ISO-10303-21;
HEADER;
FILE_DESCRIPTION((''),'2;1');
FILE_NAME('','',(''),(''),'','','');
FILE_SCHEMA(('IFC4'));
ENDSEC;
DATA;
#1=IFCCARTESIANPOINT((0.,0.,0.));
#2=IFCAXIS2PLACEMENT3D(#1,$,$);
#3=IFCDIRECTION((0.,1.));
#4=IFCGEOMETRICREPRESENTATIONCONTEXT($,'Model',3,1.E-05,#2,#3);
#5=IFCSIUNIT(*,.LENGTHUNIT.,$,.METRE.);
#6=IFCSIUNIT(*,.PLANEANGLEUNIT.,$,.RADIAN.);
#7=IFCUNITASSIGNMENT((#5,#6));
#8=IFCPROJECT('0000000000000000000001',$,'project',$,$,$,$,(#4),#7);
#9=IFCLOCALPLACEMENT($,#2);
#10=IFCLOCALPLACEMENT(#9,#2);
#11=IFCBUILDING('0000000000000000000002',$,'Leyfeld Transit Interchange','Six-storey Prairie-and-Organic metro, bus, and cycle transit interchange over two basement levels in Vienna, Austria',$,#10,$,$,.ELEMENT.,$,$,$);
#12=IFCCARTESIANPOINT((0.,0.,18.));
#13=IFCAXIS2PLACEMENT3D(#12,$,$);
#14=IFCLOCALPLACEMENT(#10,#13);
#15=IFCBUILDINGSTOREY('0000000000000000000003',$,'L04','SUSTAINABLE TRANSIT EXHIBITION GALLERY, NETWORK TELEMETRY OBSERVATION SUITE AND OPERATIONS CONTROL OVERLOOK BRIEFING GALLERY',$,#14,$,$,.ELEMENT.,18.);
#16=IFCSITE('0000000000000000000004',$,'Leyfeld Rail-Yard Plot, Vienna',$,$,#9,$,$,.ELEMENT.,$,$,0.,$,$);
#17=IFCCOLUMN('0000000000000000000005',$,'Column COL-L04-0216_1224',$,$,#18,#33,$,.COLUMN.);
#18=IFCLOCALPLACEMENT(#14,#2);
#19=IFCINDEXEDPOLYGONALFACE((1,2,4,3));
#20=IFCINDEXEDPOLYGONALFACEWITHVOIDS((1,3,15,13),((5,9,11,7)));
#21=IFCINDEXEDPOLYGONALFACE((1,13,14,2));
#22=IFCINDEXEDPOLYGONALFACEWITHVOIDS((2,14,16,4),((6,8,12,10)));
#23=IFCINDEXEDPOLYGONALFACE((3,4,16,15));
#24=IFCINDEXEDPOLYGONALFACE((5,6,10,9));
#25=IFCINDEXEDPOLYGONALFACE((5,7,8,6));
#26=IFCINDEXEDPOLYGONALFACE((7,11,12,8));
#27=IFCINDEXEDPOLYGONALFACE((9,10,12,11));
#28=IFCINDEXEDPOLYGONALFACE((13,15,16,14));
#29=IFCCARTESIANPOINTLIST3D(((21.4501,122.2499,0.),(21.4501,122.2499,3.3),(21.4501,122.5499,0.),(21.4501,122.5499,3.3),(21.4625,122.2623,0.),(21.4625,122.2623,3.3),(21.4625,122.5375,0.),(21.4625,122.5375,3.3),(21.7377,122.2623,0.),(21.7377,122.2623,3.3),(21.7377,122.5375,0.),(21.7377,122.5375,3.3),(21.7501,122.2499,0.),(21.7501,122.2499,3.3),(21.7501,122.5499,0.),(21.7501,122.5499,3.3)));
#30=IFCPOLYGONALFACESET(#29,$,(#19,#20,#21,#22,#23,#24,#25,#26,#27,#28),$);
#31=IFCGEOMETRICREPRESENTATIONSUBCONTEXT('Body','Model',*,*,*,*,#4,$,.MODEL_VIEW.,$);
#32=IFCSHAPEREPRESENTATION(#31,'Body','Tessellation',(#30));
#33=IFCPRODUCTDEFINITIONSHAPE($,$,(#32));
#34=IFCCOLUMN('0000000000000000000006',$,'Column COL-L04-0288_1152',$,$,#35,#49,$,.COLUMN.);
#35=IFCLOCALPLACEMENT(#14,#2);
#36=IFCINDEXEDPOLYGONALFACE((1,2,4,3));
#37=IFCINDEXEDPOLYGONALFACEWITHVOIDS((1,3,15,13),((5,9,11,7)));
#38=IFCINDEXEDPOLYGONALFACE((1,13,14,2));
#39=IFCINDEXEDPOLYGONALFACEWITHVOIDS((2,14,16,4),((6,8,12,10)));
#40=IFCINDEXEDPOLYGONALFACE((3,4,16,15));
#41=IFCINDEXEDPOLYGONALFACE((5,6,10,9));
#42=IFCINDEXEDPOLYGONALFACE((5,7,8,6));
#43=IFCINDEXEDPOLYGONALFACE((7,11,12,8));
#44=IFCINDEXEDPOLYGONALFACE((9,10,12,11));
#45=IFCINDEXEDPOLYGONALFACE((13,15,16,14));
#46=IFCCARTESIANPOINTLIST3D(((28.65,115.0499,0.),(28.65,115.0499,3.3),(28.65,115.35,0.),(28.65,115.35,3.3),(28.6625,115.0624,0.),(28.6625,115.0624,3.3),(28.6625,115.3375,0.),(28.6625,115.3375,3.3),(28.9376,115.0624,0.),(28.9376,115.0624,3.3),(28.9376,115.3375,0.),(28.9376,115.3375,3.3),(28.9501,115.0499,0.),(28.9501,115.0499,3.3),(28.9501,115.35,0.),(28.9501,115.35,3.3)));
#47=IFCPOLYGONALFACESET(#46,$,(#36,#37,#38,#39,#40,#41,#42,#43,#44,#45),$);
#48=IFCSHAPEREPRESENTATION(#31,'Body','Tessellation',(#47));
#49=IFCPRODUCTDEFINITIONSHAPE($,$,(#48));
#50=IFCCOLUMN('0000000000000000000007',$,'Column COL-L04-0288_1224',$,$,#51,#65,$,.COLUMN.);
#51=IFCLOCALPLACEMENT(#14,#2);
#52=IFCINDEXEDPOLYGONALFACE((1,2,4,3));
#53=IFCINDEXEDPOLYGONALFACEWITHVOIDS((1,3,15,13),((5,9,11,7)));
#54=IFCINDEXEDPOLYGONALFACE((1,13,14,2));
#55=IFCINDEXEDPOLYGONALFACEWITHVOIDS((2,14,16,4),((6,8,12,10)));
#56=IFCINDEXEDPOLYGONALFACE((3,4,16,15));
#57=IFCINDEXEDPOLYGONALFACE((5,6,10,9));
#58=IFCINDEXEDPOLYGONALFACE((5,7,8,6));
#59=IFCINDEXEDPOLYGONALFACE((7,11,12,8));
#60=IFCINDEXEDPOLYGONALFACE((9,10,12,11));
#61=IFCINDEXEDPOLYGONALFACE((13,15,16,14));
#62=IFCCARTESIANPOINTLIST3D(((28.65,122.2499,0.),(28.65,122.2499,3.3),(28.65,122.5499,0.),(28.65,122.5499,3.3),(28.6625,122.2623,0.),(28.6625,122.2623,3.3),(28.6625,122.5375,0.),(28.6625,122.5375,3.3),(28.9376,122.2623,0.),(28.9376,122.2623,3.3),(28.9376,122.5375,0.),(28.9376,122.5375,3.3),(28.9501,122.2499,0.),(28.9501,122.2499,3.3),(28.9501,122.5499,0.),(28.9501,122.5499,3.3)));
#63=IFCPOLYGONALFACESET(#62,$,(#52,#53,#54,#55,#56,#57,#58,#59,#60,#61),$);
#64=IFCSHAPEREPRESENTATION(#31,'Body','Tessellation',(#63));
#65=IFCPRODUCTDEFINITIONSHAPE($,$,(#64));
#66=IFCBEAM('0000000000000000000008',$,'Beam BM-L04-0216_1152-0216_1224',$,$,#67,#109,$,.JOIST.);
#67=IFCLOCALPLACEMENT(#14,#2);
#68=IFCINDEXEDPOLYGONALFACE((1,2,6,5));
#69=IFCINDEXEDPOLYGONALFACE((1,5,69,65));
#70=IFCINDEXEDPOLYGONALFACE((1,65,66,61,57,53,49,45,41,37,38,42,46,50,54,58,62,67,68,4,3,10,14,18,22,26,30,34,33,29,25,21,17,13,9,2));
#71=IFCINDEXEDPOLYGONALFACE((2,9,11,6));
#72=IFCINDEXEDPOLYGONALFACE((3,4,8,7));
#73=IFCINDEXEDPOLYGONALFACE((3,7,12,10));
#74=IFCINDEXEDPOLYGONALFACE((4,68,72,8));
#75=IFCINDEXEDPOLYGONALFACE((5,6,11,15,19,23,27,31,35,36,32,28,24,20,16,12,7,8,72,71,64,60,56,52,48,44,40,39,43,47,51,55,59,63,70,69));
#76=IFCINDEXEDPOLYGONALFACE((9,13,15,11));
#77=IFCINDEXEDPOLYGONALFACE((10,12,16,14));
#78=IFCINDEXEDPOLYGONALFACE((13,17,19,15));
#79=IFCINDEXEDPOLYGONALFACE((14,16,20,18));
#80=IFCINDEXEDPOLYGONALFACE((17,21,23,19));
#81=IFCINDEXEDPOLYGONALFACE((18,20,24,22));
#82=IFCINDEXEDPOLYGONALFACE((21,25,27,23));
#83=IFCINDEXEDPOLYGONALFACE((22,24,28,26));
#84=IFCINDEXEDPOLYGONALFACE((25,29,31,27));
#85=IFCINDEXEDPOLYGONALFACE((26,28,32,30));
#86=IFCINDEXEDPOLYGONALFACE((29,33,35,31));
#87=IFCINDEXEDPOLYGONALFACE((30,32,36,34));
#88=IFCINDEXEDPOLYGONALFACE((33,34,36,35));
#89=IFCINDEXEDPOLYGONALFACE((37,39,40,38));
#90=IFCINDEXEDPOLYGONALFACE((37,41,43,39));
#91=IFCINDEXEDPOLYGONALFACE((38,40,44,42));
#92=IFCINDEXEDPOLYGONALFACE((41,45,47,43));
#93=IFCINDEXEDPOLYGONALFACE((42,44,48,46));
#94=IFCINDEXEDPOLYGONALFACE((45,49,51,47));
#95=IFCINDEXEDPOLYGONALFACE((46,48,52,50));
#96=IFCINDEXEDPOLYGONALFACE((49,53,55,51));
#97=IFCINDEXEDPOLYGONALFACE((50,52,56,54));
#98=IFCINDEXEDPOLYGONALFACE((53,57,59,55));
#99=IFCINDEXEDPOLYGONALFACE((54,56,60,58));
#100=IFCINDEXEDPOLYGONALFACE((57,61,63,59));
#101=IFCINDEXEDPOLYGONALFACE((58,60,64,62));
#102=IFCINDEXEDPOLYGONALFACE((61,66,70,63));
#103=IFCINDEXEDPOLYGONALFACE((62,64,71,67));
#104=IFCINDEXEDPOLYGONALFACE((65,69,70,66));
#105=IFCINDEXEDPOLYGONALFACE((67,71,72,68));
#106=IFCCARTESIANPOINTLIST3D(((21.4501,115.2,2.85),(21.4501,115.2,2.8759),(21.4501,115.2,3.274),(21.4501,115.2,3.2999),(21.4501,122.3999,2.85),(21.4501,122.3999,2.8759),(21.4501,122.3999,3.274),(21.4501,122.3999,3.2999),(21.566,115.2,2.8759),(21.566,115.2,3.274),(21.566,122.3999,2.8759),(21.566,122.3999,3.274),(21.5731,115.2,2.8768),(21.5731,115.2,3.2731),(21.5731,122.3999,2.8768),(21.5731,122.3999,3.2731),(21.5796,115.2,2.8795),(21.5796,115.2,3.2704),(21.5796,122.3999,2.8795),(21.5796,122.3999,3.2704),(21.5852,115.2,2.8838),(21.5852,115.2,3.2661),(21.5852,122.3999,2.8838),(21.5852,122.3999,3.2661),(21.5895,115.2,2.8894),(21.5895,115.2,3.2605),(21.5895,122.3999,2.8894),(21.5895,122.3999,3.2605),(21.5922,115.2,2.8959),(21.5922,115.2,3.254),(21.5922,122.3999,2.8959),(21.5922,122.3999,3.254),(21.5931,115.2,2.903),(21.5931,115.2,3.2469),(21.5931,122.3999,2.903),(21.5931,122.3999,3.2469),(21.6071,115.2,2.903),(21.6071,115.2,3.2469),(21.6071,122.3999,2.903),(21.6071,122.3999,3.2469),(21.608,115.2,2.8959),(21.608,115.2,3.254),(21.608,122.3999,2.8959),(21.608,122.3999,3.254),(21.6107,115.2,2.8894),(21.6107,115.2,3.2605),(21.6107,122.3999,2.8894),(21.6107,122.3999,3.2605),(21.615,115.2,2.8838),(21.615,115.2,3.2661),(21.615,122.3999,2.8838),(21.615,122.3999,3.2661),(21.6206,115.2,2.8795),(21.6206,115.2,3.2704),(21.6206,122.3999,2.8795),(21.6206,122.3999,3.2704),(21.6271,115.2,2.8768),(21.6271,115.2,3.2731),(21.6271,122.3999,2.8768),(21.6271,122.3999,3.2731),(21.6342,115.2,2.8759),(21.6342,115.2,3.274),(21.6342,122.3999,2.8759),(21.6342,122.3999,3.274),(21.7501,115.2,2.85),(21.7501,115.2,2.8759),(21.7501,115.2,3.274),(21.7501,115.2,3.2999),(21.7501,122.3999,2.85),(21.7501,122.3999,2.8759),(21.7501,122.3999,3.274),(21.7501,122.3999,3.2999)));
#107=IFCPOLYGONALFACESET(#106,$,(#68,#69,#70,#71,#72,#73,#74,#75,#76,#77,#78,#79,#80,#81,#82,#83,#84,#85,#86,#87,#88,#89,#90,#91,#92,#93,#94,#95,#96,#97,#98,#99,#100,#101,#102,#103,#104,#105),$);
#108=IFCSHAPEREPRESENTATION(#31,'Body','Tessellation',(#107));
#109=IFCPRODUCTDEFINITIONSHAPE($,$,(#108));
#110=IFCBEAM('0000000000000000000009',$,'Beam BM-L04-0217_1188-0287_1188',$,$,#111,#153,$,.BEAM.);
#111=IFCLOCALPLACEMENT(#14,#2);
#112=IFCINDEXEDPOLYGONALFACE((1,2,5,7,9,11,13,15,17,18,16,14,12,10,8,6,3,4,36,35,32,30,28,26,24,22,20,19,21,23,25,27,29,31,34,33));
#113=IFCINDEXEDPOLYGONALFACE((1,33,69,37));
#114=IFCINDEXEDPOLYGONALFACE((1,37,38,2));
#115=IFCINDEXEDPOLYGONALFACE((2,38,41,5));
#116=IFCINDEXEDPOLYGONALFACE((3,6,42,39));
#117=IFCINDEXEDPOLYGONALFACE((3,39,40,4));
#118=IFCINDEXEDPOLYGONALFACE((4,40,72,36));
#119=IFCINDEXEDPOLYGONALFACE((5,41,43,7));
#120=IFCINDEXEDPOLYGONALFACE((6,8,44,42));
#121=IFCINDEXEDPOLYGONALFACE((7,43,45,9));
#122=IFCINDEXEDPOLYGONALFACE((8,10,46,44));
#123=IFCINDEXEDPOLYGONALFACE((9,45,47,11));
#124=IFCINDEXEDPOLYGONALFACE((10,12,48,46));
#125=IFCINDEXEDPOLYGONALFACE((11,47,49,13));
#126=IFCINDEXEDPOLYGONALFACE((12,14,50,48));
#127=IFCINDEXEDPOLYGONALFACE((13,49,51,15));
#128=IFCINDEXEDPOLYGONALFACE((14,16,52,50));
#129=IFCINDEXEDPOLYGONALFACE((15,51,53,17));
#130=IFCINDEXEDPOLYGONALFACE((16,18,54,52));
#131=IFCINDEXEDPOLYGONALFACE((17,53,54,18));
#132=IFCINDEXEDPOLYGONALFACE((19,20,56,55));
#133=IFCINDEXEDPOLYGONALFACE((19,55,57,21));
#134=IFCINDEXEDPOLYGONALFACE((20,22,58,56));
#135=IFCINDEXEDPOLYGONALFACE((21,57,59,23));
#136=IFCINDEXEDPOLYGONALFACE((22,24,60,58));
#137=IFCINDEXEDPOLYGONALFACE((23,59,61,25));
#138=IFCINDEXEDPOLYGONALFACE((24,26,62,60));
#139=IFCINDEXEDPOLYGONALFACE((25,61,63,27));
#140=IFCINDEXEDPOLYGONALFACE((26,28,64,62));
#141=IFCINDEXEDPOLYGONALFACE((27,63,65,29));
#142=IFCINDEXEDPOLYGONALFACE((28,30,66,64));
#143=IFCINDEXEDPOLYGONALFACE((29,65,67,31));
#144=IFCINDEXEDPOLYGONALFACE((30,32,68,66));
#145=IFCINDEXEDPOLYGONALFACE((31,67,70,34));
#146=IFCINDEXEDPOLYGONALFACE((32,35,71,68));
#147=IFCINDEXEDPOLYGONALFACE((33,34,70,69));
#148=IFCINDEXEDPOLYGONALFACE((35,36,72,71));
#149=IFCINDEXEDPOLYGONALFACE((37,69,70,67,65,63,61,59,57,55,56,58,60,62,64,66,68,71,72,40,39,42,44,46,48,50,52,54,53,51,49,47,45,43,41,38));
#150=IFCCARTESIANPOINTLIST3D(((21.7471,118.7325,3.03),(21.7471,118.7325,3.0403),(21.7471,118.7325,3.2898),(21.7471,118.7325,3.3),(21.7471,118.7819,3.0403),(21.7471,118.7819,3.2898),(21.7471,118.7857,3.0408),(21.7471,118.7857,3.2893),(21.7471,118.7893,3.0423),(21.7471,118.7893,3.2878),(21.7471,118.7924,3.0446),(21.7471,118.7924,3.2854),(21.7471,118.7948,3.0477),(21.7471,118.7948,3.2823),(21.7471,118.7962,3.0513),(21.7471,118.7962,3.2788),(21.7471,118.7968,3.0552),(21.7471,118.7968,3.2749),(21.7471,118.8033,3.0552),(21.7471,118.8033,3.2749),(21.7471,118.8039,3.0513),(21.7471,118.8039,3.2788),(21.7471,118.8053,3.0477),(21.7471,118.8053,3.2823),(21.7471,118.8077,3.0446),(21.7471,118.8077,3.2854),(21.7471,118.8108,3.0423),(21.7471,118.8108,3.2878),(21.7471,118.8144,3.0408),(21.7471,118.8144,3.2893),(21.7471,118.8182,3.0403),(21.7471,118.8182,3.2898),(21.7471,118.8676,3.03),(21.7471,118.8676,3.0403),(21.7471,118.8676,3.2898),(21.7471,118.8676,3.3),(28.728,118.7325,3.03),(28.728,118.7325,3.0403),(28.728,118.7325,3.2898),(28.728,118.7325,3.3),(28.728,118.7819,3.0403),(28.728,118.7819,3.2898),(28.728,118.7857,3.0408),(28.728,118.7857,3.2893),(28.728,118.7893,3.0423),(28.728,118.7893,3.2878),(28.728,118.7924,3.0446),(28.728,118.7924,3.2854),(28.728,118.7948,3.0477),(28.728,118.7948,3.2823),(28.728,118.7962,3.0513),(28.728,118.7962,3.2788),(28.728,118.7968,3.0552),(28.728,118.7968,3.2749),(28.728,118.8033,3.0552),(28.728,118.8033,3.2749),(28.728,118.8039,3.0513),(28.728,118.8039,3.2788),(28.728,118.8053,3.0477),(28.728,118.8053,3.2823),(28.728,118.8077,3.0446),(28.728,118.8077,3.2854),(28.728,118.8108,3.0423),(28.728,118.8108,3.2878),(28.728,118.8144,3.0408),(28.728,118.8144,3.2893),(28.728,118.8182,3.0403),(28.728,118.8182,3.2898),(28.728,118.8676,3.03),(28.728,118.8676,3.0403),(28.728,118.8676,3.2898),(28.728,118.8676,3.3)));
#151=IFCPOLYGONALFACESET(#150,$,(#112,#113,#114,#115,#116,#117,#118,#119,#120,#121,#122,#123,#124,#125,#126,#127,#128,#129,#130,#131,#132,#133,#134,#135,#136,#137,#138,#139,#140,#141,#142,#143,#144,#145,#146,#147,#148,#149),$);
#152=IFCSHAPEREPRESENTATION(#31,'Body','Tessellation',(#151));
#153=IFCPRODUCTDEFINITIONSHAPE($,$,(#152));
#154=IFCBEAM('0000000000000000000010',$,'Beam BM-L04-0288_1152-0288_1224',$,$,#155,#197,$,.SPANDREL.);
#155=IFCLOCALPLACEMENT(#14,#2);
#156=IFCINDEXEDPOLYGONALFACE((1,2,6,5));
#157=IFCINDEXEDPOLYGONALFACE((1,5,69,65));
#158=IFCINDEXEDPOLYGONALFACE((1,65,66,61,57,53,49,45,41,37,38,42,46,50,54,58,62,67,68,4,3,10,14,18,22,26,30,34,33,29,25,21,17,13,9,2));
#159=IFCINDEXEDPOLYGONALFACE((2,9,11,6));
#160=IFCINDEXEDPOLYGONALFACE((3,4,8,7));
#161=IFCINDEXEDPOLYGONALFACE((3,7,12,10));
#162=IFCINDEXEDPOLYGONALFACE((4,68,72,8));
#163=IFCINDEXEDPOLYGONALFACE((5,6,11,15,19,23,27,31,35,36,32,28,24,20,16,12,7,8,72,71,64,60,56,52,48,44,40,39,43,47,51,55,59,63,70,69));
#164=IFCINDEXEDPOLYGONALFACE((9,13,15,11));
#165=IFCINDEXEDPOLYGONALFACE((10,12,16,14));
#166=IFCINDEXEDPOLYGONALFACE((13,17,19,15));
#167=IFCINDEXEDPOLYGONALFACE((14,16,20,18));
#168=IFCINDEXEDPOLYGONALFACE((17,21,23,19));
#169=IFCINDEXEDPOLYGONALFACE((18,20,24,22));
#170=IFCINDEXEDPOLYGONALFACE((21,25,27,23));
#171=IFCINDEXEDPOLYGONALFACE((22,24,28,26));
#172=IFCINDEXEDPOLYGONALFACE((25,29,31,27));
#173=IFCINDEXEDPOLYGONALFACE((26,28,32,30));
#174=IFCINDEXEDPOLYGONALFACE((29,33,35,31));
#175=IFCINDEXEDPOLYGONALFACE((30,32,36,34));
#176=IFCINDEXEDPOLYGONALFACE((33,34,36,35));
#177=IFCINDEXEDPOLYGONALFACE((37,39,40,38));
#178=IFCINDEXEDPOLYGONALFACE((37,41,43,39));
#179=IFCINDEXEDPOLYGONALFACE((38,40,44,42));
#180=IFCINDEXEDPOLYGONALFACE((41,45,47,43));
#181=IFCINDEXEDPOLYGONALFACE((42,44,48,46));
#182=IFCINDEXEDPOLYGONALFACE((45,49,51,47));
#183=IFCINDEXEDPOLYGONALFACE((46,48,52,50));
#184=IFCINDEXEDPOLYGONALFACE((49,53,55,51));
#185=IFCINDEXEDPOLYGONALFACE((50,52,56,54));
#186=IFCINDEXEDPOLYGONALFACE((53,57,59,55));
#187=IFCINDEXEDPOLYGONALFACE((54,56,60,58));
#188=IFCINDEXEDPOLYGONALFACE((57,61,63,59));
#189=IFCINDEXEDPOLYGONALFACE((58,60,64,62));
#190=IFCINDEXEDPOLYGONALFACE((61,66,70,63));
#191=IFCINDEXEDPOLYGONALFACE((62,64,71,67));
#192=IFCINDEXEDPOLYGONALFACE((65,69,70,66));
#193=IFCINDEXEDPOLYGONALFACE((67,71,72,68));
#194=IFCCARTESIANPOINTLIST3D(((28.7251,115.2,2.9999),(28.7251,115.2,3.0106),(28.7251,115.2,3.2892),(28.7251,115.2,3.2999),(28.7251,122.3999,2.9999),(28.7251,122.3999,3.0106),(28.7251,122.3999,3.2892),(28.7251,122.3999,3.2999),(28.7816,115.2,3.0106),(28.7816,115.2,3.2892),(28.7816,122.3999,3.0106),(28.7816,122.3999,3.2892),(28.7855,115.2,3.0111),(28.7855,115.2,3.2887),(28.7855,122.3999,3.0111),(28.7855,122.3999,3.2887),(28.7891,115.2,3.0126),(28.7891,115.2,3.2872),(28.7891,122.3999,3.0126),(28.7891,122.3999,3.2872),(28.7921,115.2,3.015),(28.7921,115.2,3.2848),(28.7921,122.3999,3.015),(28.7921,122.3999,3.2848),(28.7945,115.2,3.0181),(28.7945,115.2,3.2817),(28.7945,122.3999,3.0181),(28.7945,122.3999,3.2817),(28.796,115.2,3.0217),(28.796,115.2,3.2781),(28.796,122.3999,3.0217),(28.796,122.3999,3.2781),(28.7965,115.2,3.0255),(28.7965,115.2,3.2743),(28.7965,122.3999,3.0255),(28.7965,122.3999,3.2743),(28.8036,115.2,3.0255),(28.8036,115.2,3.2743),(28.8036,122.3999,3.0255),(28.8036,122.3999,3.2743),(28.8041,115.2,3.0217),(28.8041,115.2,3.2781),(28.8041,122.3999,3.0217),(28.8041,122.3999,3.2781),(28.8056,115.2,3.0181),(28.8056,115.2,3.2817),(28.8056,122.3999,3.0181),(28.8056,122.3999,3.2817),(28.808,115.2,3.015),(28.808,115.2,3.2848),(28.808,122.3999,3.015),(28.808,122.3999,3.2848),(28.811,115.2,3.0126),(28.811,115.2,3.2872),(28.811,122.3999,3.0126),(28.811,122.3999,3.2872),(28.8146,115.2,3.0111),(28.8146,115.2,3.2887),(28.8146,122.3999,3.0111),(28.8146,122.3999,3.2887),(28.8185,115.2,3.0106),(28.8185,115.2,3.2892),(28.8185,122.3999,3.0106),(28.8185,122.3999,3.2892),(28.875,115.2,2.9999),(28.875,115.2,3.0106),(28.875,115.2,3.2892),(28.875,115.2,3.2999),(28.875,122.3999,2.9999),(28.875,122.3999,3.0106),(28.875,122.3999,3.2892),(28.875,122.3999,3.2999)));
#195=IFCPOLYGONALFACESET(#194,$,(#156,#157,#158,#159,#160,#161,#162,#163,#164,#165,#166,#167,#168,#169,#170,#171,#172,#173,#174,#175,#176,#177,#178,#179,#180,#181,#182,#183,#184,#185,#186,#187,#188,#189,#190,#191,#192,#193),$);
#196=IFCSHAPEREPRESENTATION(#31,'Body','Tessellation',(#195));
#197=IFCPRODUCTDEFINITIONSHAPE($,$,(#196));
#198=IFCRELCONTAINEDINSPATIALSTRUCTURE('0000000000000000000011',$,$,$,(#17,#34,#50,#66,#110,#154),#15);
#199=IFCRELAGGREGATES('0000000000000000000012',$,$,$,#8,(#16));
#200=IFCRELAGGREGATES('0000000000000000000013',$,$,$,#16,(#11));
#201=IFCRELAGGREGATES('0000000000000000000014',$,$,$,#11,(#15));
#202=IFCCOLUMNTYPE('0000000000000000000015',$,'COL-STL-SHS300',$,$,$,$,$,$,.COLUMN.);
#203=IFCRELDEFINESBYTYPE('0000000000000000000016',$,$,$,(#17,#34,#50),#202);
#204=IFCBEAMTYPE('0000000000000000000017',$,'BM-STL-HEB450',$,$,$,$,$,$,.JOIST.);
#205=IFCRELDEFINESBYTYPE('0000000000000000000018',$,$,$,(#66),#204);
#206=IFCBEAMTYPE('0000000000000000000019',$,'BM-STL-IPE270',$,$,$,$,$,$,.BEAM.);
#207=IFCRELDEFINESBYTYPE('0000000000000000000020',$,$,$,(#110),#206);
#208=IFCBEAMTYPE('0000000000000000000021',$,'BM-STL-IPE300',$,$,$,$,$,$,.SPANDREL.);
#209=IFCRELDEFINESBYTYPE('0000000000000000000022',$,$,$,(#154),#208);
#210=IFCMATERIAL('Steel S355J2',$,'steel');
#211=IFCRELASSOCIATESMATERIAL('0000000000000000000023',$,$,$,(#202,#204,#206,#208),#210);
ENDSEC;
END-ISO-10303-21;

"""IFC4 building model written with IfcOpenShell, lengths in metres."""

from ifc_helpers import new_model, si_unit, direction, frame, origin, origin_2d, place, context, subcontext, project, spatial, hollow_rectangle, i_section, extrude, material, material_profile, profile_set, type_object, element, save


model = new_model("IFC4")

# Units and contexts
model_context = context("Model", 3, precision=1e-05, world=origin(), true_north=direction((0.0, 1.0)))
body_context = subcontext(model_context, "Body", "Model", "MODEL_VIEW")
ifc_project = project(units=[si_unit("LENGTHUNIT", "METRE"), si_unit("PLANEANGLEUNIT", "RADIAN")], contexts=[model_context])

# Site, building, storey
site_placement = place(None, origin())
site = spatial("IfcSite", under=ifc_project, at=site_placement, Name="Leyfeld Rail-Yard Plot, Vienna", CompositionType="ELEMENT", RefElevation=0.0)
building_placement = place(site_placement, origin())
building = spatial("IfcBuilding", under=site, at=building_placement, Name="Leyfeld Transit Interchange", Description="Six-storey Prairie-and-Organic metro, bus, and cycle transit interchange over two basement levels in Vienna, Austria", CompositionType="ELEMENT")
storey_placement = place(building_placement, frame((0.0, 0.0, 18.0)))
storey = spatial("IfcBuildingStorey", under=building, at=storey_placement, Name="L04", Description="SUSTAINABLE TRANSIT EXHIBITION GALLERY, NETWORK TELEMETRY OBSERVATION SUITE AND OPERATIONS CONTROL OVERLOOK BRIEFING GALLERY", CompositionType="ELEMENT", Elevation=18.0)

# Columns
ifc_material_1 = material(Name="Steel S355J2", Category="steel")
ifc_material_profile_1 = material_profile(ifc_material_1, hollow_rectangle(XDim=0.3, YDim=0.3, WallThickness=0.0125, at=origin_2d()), Name="SHS 300x300x12.5")
ifc_profile_set_1 = profile_set([ifc_material_profile_1], Name="Steel S355J2")
column_type = type_object("IfcColumnType", Name="COL-STL-SHS300", PredefinedType="COLUMN", material=ifc_profile_set_1)
for number, where, z_axis, x_axis, name in (
    (1, (21.6001, 122.3999, 0.0), (0.0, 0.0, 1.0), (1.0, 0.0, 0.0), "Column COL-L04-0216_1224"),
    (2, (28.8, 115.2, 0.0), (0.0, 0.0, 1.0), (1.0, 0.0, 0.0), "Column COL-L04-0288_1152"),
    (3, (28.8, 122.3999, 0.0), (0.0, 0.0, 1.0), (1.0, 0.0, 0.0), "Column COL-L04-0288_1224"),
):
    element("IfcColumn", number, at=place(storey_placement, frame(where, z_axis=z_axis, x_axis=x_axis)), inside=storey, type_object=column_type, Name=name, PredefinedType="COLUMN", context=body_context, shape_type="SweptSolid", body=[
        extrude(hollow_rectangle(XDim=0.3, YDim=0.3, WallThickness=0.0125, at=origin_2d()), origin(), (0.0, 0.0, 1.0), 3.3),
    ])

# Beams
ifc_material_profile_2 = material_profile(ifc_material_1, i_section(OverallWidth=0.3, OverallDepth=0.45, WebThickness=0.0139, FlangeThickness=0.0259, FilletRadius=0.0271, at=origin_2d()), Name="HEB 450")
ifc_profile_set_2 = profile_set([ifc_material_profile_2], Name="Steel S355J2")
beam_type_1 = type_object("IfcBeamType", Name="BM-STL-HEB450", PredefinedType="JOIST", material=ifc_profile_set_2)
beam_1_placement = place(storey_placement, frame((21.6001, 115.2, 3.075), z_axis=(0.0, 1.0, 0.0), x_axis=(-1.0, 0.0, 0.0)))
element("IfcBeam", 4, at=beam_1_placement, inside=storey, type_object=beam_type_1, Name="Beam BM-L04-0216_1152-0216_1224", PredefinedType="JOIST", context=body_context, shape_type="SweptSolid", body=[
    extrude(i_section(OverallWidth=0.3, OverallDepth=0.45, WebThickness=0.0139, FlangeThickness=0.0259, FilletRadius=0.0271, at=origin_2d()), origin(), (0.0, 0.0, 1.0), 7.2),
])
ifc_material_profile_3 = material_profile(ifc_material_1, i_section(OverallWidth=0.135, OverallDepth=0.27, WebThickness=0.0066, FlangeThickness=0.0103, FilletRadius=0.0149, at=origin_2d()), Name="IPE 270")
ifc_profile_set_3 = profile_set([ifc_material_profile_3], Name="Steel S355J2")
beam_type_2 = type_object("IfcBeamType", Name="BM-STL-IPE270", PredefinedType="BEAM", material=ifc_profile_set_3)
beam_2_placement = place(storey_placement, frame((21.7471, 118.8, 3.165), z_axis=(1.0, 0.0, 0.0), x_axis=(0.0, 1.0, 0.0)))
element("IfcBeam", 5, at=beam_2_placement, inside=storey, type_object=beam_type_2, Name="Beam BM-L04-0217_1188-0287_1188", PredefinedType="BEAM", context=body_context, shape_type="SweptSolid", body=[
    extrude(i_section(OverallWidth=0.135, OverallDepth=0.27, WebThickness=0.0066, FlangeThickness=0.0103, FilletRadius=0.0149, at=origin_2d()), origin(), (0.0, 0.0, 1.0), 6.981),
])
ifc_material_profile_4 = material_profile(ifc_material_1, i_section(OverallWidth=0.1499, OverallDepth=0.3, WebThickness=0.0071, FlangeThickness=0.0107, FilletRadius=0.0149, at=origin_2d()), Name="IPE 300")
ifc_profile_set_4 = profile_set([ifc_material_profile_4], Name="Steel S355J2")
beam_type_3 = type_object("IfcBeamType", Name="BM-STL-IPE300", PredefinedType="SPANDREL", material=ifc_profile_set_4)
for number, where, z_axis, x_axis, name in (
    (6, (28.8, 115.2, 3.1499), (0.0, 1.0, 0.0), (-1.0, 0.0, 0.0), "Beam BM-L04-0288_1152-0288_1224"),
):
    element("IfcBeam", number, at=place(storey_placement, frame(where, z_axis=z_axis, x_axis=x_axis)), inside=storey, type_object=beam_type_3, Name=name, PredefinedType="SPANDREL", context=body_context, shape_type="SweptSolid", body=[
        extrude(i_section(OverallWidth=0.1499, OverallDepth=0.3, WebThickness=0.0071, FlangeThickness=0.0107, FilletRadius=0.0149, at=origin_2d()), origin(), (0.0, 0.0, 1.0), 7.2),
    ])

save(model, "model.ifc")
